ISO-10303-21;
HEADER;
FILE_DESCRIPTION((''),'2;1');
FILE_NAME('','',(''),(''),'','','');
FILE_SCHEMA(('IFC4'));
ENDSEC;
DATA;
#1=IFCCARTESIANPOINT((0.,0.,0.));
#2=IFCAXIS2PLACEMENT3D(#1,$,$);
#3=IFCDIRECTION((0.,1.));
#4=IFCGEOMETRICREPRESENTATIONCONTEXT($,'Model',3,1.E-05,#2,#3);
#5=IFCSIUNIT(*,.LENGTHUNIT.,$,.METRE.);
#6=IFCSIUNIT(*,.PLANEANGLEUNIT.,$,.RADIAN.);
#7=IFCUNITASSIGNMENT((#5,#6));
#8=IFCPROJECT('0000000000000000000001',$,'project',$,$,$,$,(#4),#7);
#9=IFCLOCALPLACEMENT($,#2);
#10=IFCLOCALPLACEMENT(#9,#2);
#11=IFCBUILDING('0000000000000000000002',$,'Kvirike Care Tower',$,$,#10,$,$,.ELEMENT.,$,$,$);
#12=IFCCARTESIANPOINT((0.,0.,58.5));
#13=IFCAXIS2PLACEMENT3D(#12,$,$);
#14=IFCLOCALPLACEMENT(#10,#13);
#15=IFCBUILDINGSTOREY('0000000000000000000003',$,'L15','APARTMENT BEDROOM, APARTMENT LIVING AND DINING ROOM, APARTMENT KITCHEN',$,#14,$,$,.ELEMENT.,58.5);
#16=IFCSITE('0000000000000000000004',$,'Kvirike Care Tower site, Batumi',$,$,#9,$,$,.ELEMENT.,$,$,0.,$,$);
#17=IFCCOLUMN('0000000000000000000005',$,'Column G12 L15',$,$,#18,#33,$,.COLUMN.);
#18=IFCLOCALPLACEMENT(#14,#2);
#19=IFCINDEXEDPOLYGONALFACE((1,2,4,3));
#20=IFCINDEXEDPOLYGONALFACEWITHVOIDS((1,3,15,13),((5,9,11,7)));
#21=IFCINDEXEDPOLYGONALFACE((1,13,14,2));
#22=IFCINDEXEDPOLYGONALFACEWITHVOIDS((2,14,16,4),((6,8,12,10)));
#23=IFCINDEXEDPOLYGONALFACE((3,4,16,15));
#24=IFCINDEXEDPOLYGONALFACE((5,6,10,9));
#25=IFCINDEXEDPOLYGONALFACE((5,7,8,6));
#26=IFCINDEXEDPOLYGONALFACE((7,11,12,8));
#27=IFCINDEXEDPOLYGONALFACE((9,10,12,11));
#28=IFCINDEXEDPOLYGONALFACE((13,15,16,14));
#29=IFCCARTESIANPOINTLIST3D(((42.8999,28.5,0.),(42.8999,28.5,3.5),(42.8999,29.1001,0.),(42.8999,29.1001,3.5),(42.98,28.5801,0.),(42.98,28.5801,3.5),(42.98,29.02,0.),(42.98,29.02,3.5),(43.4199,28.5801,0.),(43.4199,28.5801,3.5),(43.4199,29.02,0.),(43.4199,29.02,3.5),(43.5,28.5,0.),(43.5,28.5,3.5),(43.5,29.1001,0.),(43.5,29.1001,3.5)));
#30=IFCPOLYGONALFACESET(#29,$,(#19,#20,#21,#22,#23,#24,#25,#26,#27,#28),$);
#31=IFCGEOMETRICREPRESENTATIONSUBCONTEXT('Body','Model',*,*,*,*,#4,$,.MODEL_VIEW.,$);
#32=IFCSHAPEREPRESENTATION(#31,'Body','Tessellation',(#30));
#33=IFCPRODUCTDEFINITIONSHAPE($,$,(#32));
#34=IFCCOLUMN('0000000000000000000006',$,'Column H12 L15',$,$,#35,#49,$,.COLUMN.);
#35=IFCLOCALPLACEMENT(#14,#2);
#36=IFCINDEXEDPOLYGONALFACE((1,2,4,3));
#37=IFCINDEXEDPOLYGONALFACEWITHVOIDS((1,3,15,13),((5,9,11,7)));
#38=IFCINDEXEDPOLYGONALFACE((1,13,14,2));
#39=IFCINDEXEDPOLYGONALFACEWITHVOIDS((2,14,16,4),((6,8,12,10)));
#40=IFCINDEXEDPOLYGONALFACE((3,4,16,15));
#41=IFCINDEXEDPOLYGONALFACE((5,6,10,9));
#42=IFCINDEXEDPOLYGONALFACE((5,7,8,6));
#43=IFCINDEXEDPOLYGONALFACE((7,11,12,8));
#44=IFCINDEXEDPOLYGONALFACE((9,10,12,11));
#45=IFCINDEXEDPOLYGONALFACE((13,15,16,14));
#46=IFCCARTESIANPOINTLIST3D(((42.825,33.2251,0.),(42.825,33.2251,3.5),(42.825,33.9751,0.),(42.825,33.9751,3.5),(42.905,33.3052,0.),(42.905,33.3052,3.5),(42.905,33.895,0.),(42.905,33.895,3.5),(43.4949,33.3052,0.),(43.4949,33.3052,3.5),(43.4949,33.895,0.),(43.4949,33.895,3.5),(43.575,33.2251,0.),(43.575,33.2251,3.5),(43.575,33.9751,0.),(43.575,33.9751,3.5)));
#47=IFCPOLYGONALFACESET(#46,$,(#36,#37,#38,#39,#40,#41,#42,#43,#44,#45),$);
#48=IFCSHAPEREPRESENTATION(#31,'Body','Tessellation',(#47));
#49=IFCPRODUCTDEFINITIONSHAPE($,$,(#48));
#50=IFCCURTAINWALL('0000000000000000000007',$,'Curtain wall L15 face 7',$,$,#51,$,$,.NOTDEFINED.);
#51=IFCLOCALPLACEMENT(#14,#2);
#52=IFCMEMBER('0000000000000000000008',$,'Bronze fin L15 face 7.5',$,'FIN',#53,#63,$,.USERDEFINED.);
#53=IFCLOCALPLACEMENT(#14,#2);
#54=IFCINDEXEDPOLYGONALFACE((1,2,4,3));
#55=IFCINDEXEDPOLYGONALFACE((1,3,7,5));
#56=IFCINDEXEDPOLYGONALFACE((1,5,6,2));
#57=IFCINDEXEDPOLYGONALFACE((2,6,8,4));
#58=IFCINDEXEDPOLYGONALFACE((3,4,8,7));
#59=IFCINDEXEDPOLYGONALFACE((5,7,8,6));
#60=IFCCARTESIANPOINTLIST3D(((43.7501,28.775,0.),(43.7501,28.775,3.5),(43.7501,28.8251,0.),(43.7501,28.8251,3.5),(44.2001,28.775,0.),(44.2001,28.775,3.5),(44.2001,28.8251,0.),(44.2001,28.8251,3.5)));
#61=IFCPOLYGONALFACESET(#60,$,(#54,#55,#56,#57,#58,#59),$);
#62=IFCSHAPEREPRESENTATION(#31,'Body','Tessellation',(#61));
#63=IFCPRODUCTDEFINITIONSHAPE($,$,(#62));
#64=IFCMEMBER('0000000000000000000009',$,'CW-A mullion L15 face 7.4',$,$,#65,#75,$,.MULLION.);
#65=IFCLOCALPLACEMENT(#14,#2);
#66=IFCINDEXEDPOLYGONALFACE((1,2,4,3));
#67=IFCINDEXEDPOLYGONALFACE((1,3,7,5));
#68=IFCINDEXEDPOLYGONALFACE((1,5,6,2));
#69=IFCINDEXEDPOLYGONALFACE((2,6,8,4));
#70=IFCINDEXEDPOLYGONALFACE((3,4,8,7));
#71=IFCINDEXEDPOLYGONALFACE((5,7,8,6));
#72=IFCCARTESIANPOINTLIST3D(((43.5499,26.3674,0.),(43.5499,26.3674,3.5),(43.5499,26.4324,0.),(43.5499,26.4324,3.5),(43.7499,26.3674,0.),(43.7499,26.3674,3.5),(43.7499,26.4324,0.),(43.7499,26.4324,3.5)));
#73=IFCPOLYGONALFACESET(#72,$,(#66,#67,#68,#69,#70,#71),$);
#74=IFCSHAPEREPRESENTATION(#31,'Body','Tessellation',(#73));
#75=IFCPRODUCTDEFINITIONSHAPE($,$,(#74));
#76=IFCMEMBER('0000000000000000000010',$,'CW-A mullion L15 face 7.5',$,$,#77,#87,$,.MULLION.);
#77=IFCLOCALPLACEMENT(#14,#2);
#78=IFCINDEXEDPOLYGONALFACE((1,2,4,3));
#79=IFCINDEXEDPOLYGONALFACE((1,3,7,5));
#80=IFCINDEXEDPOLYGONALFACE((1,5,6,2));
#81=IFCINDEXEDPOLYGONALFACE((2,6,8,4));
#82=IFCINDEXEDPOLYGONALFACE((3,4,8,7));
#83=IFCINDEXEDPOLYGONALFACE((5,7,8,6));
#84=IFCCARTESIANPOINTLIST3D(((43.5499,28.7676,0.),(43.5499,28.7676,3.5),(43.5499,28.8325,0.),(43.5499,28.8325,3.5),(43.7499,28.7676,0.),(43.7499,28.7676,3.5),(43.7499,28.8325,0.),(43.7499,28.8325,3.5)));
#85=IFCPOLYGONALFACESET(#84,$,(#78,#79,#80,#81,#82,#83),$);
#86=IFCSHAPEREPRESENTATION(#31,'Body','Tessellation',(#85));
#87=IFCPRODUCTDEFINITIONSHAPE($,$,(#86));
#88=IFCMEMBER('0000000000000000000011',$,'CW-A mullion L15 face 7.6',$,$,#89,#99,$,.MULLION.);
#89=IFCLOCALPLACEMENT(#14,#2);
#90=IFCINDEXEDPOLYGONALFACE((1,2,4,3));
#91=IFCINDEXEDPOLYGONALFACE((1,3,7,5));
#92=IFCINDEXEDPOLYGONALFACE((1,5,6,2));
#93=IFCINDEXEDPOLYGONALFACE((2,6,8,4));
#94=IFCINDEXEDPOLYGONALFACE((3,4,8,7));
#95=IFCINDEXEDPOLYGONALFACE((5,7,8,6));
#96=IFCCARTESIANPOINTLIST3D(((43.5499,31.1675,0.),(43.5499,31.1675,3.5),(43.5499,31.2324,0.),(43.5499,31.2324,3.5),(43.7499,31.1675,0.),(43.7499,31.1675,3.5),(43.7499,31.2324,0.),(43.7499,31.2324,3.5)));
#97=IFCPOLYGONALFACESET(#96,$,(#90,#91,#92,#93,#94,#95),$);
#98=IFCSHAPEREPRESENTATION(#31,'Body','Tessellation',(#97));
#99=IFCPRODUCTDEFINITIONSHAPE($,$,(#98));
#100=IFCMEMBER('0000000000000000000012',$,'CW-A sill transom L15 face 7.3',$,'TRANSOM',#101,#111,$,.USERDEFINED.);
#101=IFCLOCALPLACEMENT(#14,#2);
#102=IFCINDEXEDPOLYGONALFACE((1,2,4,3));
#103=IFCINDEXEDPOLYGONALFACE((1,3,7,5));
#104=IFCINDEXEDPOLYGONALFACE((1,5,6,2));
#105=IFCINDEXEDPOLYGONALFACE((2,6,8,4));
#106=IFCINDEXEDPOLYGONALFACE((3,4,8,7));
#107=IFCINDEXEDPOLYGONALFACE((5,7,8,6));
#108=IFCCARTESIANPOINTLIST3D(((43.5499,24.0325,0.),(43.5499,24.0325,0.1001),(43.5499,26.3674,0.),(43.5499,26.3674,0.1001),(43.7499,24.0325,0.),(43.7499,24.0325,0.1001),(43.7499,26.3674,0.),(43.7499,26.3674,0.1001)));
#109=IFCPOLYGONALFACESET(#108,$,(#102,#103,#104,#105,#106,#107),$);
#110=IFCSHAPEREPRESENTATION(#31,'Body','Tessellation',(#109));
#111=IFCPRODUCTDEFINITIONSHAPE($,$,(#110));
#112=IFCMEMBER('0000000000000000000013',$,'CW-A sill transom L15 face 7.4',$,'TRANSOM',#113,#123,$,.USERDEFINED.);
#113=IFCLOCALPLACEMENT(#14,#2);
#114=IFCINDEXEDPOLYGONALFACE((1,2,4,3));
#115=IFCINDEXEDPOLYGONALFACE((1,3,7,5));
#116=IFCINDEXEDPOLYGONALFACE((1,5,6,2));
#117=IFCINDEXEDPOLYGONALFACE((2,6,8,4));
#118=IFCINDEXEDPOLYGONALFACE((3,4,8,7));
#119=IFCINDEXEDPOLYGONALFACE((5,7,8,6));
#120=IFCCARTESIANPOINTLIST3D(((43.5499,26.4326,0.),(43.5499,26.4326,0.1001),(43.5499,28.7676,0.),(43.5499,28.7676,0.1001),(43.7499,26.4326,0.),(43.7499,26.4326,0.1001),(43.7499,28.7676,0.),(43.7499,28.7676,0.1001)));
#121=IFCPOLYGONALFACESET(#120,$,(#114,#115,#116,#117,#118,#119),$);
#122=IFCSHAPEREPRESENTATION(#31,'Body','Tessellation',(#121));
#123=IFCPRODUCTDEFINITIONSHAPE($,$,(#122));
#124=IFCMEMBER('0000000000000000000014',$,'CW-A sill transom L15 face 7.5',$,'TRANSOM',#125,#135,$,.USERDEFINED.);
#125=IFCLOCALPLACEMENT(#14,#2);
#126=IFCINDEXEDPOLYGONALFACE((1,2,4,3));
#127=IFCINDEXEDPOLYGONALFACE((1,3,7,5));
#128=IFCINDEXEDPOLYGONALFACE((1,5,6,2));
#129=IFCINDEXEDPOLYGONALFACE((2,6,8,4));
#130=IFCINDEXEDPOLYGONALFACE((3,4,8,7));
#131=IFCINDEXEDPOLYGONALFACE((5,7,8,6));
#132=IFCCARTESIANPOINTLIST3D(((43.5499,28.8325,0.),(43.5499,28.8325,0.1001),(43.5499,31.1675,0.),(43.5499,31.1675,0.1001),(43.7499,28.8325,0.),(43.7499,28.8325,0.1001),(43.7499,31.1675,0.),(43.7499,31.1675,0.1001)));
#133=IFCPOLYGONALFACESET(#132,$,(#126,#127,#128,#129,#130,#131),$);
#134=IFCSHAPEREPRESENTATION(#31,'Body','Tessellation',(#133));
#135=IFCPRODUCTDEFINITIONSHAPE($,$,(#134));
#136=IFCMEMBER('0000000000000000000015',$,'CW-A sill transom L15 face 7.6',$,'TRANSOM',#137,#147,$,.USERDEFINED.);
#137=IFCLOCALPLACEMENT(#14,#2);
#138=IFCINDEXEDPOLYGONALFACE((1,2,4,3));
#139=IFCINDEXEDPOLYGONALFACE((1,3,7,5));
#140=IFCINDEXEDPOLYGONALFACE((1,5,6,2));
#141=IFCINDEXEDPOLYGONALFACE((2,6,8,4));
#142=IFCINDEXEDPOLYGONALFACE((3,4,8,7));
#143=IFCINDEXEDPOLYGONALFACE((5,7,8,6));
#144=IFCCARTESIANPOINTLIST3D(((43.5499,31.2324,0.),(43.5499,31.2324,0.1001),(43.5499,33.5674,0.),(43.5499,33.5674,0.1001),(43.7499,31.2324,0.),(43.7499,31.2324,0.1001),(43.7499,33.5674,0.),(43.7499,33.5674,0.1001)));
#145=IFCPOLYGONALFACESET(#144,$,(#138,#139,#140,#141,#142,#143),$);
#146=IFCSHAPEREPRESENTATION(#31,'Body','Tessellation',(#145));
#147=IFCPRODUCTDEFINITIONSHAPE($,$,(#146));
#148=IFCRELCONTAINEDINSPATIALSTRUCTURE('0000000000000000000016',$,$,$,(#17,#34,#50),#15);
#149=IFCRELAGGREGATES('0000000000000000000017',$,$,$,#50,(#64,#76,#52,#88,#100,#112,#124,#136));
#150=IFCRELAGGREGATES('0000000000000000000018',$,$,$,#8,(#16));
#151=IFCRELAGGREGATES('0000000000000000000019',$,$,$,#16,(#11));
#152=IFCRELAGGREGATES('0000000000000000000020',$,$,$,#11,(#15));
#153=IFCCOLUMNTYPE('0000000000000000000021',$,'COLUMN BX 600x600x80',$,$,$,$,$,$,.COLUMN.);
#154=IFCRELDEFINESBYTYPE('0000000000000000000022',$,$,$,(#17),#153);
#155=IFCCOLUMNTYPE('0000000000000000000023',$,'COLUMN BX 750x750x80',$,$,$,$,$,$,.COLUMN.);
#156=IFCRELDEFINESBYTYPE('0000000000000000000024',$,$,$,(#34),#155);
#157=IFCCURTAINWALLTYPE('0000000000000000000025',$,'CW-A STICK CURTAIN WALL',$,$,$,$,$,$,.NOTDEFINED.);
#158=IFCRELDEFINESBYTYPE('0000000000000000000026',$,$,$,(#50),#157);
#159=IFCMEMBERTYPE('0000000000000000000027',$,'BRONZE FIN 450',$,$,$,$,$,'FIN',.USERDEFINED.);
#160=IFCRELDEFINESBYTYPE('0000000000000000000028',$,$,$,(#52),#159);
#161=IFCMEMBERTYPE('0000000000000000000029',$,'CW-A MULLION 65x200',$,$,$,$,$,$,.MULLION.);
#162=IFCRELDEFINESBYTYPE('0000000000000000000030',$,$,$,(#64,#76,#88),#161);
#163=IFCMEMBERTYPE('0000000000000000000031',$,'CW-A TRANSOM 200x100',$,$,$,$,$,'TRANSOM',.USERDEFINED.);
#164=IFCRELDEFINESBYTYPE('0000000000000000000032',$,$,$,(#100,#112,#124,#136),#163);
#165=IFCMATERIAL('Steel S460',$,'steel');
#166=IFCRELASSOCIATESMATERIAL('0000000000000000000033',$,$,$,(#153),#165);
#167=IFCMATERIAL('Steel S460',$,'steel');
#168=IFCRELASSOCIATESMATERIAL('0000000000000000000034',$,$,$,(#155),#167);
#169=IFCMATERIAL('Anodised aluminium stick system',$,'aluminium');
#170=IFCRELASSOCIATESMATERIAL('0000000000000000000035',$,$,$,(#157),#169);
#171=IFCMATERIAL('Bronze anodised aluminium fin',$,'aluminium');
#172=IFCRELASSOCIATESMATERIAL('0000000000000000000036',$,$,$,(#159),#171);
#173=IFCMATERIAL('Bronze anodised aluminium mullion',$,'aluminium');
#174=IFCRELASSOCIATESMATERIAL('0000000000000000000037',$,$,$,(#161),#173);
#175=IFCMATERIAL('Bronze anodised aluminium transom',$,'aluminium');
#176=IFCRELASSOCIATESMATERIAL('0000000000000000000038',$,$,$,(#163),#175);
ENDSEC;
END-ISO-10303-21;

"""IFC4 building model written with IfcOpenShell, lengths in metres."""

from ifc_helpers import new_model, si_unit, direction, frame, origin, origin_2d, place, context, subcontext, project, spatial, rectangle, hollow_rectangle, extrude, material, material_profile, profile_set, type_object, element, aggregate, save


model = new_model("IFC4")

# Units and contexts
model_context = context("Model", 3, precision=1e-05, world=origin(), true_north=direction((0.0, 1.0)))
body_context = subcontext(model_context, "Body", "Model", "MODEL_VIEW")
ifc_project = project(units=[si_unit("LENGTHUNIT", "METRE"), si_unit("PLANEANGLEUNIT", "RADIAN")], contexts=[model_context])

# Site, building, storey
site_placement = place(None, origin())
site = spatial("IfcSite", under=ifc_project, at=site_placement, Name="Kvirike Care Tower site, Batumi", CompositionType="ELEMENT", RefElevation=0.0)
building_placement = place(site_placement, origin())
building = spatial("IfcBuilding", under=site, at=building_placement, Name="Kvirike Care Tower", CompositionType="ELEMENT")
storey_placement = place(building_placement, frame((0.0, 0.0, 58.5)))
storey = spatial("IfcBuildingStorey", under=building, at=storey_placement, Name="L15", Description="APARTMENT BEDROOM, APARTMENT LIVING AND DINING ROOM, APARTMENT KITCHEN", CompositionType="ELEMENT", Elevation=58.5)

# Columns
ifc_material_1 = material(Name="Steel S460", Category="steel")
ifc_material_profile_1 = material_profile(ifc_material_1, hollow_rectangle(XDim=0.6001, YDim=0.6001, WallThickness=0.0801, at=origin_2d()), Name="BX 600x600x80")
ifc_profile_set_1 = profile_set([ifc_material_profile_1], Name="Steel S460")
column_type_1 = type_object("IfcColumnType", Name="COLUMN BX 600x600x80", PredefinedType="COLUMN", material=ifc_profile_set_1)
column_1_placement = place(storey_placement, frame((43.2, 28.8, 0.0), z_axis=(0.0, 0.0, 1.0), x_axis=(0.0, 1.0, 0.0)))
element("IfcColumn", 1, at=column_1_placement, inside=storey, type_object=column_type_1, Name="Column G12 L15", PredefinedType="COLUMN", context=body_context, shape_type="SweptSolid", body=[
    extrude(hollow_rectangle(XDim=0.6001, YDim=0.6001, WallThickness=0.0801, at=origin_2d()), origin(), (0.0, 0.0, 1.0), 3.5),
])
ifc_material_2 = material(Name="Steel S460", Category="steel")
ifc_material_profile_2 = material_profile(ifc_material_2, hollow_rectangle(XDim=0.75, YDim=0.75, WallThickness=0.0801, at=origin_2d()), Name="BX 750x750x80")
ifc_profile_set_2 = profile_set([ifc_material_profile_2], Name="Steel S460")
column_type_2 = type_object("IfcColumnType", Name="COLUMN BX 750x750x80", PredefinedType="COLUMN", material=ifc_profile_set_2)
column_2_placement = place(storey_placement, frame((43.2, 33.6001, 0.0), z_axis=(0.0, 0.0, 1.0), x_axis=(1.0, 0.0, 0.0)))
element("IfcColumn", 2, at=column_2_placement, inside=storey, type_object=column_type_2, Name="Column H12 L15", PredefinedType="COLUMN", context=body_context, shape_type="SweptSolid", body=[
    extrude(hollow_rectangle(XDim=0.75, YDim=0.75, WallThickness=0.0801, at=origin_2d()), origin(), (0.0, 0.0, 1.0), 3.5),
])

# Curtain wall, members
ifc_material_3 = material(Name="Anodised aluminium stick system", Category="aluminium")
curtain_wall_type = type_object("IfcCurtainWallType", Name="CW-A STICK CURTAIN WALL", PredefinedType="NOTDEFINED", material=ifc_material_3)
curtain_wall_placement = place(storey_placement, origin())
curtain_wall = element("IfcCurtainWall", 3, at=curtain_wall_placement, inside=storey, type_object=curtain_wall_type, Name="Curtain wall L15 face 7", PredefinedType="NOTDEFINED")
ifc_material_4 = material(Name="Bronze anodised aluminium fin", Category="aluminium")
ifc_material_profile_3 = material_profile(ifc_material_4, rectangle(XDim=0.05, YDim=0.45, at=origin_2d()), Name="BRONZE FIN 450")
ifc_profile_set_3 = profile_set([ifc_material_profile_3], Name="Bronze anodised aluminium fin")
member_type_1 = type_object("IfcMemberType", Name="BRONZE FIN 450", ElementType="FIN", PredefinedType="USERDEFINED", material=ifc_profile_set_3)
member_1_placement = place(storey_placement, frame((43.9751, 28.8, 0.0), z_axis=(0.0, 0.0, 1.0), x_axis=(0.0, 1.0, 0.0)))
member_1 = element("IfcMember", 4, at=member_1_placement, type_object=member_type_1, Name="Bronze fin L15 face 7.5", ObjectType="FIN", PredefinedType="USERDEFINED", context=body_context, shape_type="SweptSolid", body=[
    extrude(rectangle(XDim=0.05, YDim=0.45, at=origin_2d()), origin(), (0.0, 0.0, 1.0), 3.5),
])
ifc_material_5 = material(Name="Bronze anodised aluminium mullion", Category="aluminium")
ifc_material_profile_4 = material_profile(ifc_material_5, rectangle(XDim=0.0649, YDim=0.2, at=origin_2d()), Name="CW-A MULLION 65x200")
ifc_profile_set_4 = profile_set([ifc_material_profile_4], Name="Bronze anodised aluminium mullion")
member_type_2 = type_object("IfcMemberType", Name="CW-A MULLION 65x200", PredefinedType="MULLION", material=ifc_profile_set_4)
member_2_placement = place(storey_placement, frame((43.6499, 26.3999, 0.0), z_axis=(0.0, 0.0, 1.0), x_axis=(0.0, 1.0, 0.0)))
member_2 = element("IfcMember", 5, at=member_2_placement, type_object=member_type_2, Name="CW-A mullion L15 face 7.4", PredefinedType="MULLION", context=body_context, shape_type="SweptSolid", body=[
    extrude(rectangle(XDim=0.0649, YDim=0.2, at=origin_2d()), origin(), (0.0, 0.0, 1.0), 3.5),
])
member_3_placement = place(storey_placement, frame((43.6499, 28.8, 0.0), z_axis=(0.0, 0.0, 1.0), x_axis=(0.0, 1.0, 0.0)))
member_3 = element("IfcMember", 6, at=member_3_placement, type_object=member_type_2, Name="CW-A mullion L15 face 7.5", PredefinedType="MULLION", context=body_context, shape_type="SweptSolid", body=[
    extrude(rectangle(XDim=0.0649, YDim=0.2, at=origin_2d()), origin(), (0.0, 0.0, 1.0), 3.5),
])
member_4_placement = place(storey_placement, frame((43.6499, 31.2, 0.0), z_axis=(0.0, 0.0, 1.0), x_axis=(0.0, 1.0, 0.0)))
member_4 = element("IfcMember", 7, at=member_4_placement, type_object=member_type_2, Name="CW-A mullion L15 face 7.6", PredefinedType="MULLION", context=body_context, shape_type="SweptSolid", body=[
    extrude(rectangle(XDim=0.0649, YDim=0.2, at=origin_2d()), origin(), (0.0, 0.0, 1.0), 3.5),
])
ifc_material_6 = material(Name="Bronze anodised aluminium transom", Category="aluminium")
ifc_material_profile_5 = material_profile(ifc_material_6, rectangle(XDim=0.2, YDim=0.1001, at=origin_2d()), Name="CW-A TRANSOM 200x100")
ifc_profile_set_5 = profile_set([ifc_material_profile_5], Name="Bronze anodised aluminium transom")
member_type_3 = type_object("IfcMemberType", Name="CW-A TRANSOM 200x100", ElementType="TRANSOM", PredefinedType="USERDEFINED", material=ifc_profile_set_5)
member_5_placement = place(storey_placement, frame((43.6499, 24.0325, 0.05), z_axis=(0.0, 1.0, 0.0), x_axis=(-1.0, 0.0, 0.0)))
member_5 = element("IfcMember", 8, at=member_5_placement, type_object=member_type_3, Name="CW-A sill transom L15 face 7.3", ObjectType="TRANSOM", PredefinedType="USERDEFINED", context=body_context, shape_type="SweptSolid", body=[
    extrude(rectangle(XDim=0.2, YDim=0.1001, at=origin_2d()), origin(), (0.0, 0.0, 1.0), 2.335),
])
member_6_placement = place(storey_placement, frame((43.6499, 26.4326, 0.05), z_axis=(0.0, 1.0, 0.0), x_axis=(-1.0, 0.0, 0.0)))
member_6 = element("IfcMember", 9, at=member_6_placement, type_object=member_type_3, Name="CW-A sill transom L15 face 7.4", ObjectType="TRANSOM", PredefinedType="USERDEFINED", context=body_context, shape_type="SweptSolid", body=[
    extrude(rectangle(XDim=0.2, YDim=0.1001, at=origin_2d()), origin(), (0.0, 0.0, 1.0), 2.335),
])
member_7_placement = place(storey_placement, frame((43.6499, 28.8325, 0.05), z_axis=(0.0, 1.0, 0.0), x_axis=(-1.0, 0.0, 0.0)))
member_7 = element("IfcMember", 10, at=member_7_placement, type_object=member_type_3, Name="CW-A sill transom L15 face 7.5", ObjectType="TRANSOM", PredefinedType="USERDEFINED", context=body_context, shape_type="SweptSolid", body=[
    extrude(rectangle(XDim=0.2, YDim=0.1001, at=origin_2d()), origin(), (0.0, 0.0, 1.0), 2.335),
])
member_8_placement = place(storey_placement, frame((43.6499, 31.2324, 0.05), z_axis=(0.0, 1.0, 0.0), x_axis=(-1.0, 0.0, 0.0)))
member_8 = element("IfcMember", 11, at=member_8_placement, type_object=member_type_3, Name="CW-A sill transom L15 face 7.6", ObjectType="TRANSOM", PredefinedType="USERDEFINED", context=body_context, shape_type="SweptSolid", body=[
    extrude(rectangle(XDim=0.2, YDim=0.1001, at=origin_2d()), origin(), (0.0, 0.0, 1.0), 2.335),
])

aggregate(curtain_wall, [member_2, member_3, member_1, member_4, member_5, member_6, member_7, member_8])

save(model, "model.ifc")
